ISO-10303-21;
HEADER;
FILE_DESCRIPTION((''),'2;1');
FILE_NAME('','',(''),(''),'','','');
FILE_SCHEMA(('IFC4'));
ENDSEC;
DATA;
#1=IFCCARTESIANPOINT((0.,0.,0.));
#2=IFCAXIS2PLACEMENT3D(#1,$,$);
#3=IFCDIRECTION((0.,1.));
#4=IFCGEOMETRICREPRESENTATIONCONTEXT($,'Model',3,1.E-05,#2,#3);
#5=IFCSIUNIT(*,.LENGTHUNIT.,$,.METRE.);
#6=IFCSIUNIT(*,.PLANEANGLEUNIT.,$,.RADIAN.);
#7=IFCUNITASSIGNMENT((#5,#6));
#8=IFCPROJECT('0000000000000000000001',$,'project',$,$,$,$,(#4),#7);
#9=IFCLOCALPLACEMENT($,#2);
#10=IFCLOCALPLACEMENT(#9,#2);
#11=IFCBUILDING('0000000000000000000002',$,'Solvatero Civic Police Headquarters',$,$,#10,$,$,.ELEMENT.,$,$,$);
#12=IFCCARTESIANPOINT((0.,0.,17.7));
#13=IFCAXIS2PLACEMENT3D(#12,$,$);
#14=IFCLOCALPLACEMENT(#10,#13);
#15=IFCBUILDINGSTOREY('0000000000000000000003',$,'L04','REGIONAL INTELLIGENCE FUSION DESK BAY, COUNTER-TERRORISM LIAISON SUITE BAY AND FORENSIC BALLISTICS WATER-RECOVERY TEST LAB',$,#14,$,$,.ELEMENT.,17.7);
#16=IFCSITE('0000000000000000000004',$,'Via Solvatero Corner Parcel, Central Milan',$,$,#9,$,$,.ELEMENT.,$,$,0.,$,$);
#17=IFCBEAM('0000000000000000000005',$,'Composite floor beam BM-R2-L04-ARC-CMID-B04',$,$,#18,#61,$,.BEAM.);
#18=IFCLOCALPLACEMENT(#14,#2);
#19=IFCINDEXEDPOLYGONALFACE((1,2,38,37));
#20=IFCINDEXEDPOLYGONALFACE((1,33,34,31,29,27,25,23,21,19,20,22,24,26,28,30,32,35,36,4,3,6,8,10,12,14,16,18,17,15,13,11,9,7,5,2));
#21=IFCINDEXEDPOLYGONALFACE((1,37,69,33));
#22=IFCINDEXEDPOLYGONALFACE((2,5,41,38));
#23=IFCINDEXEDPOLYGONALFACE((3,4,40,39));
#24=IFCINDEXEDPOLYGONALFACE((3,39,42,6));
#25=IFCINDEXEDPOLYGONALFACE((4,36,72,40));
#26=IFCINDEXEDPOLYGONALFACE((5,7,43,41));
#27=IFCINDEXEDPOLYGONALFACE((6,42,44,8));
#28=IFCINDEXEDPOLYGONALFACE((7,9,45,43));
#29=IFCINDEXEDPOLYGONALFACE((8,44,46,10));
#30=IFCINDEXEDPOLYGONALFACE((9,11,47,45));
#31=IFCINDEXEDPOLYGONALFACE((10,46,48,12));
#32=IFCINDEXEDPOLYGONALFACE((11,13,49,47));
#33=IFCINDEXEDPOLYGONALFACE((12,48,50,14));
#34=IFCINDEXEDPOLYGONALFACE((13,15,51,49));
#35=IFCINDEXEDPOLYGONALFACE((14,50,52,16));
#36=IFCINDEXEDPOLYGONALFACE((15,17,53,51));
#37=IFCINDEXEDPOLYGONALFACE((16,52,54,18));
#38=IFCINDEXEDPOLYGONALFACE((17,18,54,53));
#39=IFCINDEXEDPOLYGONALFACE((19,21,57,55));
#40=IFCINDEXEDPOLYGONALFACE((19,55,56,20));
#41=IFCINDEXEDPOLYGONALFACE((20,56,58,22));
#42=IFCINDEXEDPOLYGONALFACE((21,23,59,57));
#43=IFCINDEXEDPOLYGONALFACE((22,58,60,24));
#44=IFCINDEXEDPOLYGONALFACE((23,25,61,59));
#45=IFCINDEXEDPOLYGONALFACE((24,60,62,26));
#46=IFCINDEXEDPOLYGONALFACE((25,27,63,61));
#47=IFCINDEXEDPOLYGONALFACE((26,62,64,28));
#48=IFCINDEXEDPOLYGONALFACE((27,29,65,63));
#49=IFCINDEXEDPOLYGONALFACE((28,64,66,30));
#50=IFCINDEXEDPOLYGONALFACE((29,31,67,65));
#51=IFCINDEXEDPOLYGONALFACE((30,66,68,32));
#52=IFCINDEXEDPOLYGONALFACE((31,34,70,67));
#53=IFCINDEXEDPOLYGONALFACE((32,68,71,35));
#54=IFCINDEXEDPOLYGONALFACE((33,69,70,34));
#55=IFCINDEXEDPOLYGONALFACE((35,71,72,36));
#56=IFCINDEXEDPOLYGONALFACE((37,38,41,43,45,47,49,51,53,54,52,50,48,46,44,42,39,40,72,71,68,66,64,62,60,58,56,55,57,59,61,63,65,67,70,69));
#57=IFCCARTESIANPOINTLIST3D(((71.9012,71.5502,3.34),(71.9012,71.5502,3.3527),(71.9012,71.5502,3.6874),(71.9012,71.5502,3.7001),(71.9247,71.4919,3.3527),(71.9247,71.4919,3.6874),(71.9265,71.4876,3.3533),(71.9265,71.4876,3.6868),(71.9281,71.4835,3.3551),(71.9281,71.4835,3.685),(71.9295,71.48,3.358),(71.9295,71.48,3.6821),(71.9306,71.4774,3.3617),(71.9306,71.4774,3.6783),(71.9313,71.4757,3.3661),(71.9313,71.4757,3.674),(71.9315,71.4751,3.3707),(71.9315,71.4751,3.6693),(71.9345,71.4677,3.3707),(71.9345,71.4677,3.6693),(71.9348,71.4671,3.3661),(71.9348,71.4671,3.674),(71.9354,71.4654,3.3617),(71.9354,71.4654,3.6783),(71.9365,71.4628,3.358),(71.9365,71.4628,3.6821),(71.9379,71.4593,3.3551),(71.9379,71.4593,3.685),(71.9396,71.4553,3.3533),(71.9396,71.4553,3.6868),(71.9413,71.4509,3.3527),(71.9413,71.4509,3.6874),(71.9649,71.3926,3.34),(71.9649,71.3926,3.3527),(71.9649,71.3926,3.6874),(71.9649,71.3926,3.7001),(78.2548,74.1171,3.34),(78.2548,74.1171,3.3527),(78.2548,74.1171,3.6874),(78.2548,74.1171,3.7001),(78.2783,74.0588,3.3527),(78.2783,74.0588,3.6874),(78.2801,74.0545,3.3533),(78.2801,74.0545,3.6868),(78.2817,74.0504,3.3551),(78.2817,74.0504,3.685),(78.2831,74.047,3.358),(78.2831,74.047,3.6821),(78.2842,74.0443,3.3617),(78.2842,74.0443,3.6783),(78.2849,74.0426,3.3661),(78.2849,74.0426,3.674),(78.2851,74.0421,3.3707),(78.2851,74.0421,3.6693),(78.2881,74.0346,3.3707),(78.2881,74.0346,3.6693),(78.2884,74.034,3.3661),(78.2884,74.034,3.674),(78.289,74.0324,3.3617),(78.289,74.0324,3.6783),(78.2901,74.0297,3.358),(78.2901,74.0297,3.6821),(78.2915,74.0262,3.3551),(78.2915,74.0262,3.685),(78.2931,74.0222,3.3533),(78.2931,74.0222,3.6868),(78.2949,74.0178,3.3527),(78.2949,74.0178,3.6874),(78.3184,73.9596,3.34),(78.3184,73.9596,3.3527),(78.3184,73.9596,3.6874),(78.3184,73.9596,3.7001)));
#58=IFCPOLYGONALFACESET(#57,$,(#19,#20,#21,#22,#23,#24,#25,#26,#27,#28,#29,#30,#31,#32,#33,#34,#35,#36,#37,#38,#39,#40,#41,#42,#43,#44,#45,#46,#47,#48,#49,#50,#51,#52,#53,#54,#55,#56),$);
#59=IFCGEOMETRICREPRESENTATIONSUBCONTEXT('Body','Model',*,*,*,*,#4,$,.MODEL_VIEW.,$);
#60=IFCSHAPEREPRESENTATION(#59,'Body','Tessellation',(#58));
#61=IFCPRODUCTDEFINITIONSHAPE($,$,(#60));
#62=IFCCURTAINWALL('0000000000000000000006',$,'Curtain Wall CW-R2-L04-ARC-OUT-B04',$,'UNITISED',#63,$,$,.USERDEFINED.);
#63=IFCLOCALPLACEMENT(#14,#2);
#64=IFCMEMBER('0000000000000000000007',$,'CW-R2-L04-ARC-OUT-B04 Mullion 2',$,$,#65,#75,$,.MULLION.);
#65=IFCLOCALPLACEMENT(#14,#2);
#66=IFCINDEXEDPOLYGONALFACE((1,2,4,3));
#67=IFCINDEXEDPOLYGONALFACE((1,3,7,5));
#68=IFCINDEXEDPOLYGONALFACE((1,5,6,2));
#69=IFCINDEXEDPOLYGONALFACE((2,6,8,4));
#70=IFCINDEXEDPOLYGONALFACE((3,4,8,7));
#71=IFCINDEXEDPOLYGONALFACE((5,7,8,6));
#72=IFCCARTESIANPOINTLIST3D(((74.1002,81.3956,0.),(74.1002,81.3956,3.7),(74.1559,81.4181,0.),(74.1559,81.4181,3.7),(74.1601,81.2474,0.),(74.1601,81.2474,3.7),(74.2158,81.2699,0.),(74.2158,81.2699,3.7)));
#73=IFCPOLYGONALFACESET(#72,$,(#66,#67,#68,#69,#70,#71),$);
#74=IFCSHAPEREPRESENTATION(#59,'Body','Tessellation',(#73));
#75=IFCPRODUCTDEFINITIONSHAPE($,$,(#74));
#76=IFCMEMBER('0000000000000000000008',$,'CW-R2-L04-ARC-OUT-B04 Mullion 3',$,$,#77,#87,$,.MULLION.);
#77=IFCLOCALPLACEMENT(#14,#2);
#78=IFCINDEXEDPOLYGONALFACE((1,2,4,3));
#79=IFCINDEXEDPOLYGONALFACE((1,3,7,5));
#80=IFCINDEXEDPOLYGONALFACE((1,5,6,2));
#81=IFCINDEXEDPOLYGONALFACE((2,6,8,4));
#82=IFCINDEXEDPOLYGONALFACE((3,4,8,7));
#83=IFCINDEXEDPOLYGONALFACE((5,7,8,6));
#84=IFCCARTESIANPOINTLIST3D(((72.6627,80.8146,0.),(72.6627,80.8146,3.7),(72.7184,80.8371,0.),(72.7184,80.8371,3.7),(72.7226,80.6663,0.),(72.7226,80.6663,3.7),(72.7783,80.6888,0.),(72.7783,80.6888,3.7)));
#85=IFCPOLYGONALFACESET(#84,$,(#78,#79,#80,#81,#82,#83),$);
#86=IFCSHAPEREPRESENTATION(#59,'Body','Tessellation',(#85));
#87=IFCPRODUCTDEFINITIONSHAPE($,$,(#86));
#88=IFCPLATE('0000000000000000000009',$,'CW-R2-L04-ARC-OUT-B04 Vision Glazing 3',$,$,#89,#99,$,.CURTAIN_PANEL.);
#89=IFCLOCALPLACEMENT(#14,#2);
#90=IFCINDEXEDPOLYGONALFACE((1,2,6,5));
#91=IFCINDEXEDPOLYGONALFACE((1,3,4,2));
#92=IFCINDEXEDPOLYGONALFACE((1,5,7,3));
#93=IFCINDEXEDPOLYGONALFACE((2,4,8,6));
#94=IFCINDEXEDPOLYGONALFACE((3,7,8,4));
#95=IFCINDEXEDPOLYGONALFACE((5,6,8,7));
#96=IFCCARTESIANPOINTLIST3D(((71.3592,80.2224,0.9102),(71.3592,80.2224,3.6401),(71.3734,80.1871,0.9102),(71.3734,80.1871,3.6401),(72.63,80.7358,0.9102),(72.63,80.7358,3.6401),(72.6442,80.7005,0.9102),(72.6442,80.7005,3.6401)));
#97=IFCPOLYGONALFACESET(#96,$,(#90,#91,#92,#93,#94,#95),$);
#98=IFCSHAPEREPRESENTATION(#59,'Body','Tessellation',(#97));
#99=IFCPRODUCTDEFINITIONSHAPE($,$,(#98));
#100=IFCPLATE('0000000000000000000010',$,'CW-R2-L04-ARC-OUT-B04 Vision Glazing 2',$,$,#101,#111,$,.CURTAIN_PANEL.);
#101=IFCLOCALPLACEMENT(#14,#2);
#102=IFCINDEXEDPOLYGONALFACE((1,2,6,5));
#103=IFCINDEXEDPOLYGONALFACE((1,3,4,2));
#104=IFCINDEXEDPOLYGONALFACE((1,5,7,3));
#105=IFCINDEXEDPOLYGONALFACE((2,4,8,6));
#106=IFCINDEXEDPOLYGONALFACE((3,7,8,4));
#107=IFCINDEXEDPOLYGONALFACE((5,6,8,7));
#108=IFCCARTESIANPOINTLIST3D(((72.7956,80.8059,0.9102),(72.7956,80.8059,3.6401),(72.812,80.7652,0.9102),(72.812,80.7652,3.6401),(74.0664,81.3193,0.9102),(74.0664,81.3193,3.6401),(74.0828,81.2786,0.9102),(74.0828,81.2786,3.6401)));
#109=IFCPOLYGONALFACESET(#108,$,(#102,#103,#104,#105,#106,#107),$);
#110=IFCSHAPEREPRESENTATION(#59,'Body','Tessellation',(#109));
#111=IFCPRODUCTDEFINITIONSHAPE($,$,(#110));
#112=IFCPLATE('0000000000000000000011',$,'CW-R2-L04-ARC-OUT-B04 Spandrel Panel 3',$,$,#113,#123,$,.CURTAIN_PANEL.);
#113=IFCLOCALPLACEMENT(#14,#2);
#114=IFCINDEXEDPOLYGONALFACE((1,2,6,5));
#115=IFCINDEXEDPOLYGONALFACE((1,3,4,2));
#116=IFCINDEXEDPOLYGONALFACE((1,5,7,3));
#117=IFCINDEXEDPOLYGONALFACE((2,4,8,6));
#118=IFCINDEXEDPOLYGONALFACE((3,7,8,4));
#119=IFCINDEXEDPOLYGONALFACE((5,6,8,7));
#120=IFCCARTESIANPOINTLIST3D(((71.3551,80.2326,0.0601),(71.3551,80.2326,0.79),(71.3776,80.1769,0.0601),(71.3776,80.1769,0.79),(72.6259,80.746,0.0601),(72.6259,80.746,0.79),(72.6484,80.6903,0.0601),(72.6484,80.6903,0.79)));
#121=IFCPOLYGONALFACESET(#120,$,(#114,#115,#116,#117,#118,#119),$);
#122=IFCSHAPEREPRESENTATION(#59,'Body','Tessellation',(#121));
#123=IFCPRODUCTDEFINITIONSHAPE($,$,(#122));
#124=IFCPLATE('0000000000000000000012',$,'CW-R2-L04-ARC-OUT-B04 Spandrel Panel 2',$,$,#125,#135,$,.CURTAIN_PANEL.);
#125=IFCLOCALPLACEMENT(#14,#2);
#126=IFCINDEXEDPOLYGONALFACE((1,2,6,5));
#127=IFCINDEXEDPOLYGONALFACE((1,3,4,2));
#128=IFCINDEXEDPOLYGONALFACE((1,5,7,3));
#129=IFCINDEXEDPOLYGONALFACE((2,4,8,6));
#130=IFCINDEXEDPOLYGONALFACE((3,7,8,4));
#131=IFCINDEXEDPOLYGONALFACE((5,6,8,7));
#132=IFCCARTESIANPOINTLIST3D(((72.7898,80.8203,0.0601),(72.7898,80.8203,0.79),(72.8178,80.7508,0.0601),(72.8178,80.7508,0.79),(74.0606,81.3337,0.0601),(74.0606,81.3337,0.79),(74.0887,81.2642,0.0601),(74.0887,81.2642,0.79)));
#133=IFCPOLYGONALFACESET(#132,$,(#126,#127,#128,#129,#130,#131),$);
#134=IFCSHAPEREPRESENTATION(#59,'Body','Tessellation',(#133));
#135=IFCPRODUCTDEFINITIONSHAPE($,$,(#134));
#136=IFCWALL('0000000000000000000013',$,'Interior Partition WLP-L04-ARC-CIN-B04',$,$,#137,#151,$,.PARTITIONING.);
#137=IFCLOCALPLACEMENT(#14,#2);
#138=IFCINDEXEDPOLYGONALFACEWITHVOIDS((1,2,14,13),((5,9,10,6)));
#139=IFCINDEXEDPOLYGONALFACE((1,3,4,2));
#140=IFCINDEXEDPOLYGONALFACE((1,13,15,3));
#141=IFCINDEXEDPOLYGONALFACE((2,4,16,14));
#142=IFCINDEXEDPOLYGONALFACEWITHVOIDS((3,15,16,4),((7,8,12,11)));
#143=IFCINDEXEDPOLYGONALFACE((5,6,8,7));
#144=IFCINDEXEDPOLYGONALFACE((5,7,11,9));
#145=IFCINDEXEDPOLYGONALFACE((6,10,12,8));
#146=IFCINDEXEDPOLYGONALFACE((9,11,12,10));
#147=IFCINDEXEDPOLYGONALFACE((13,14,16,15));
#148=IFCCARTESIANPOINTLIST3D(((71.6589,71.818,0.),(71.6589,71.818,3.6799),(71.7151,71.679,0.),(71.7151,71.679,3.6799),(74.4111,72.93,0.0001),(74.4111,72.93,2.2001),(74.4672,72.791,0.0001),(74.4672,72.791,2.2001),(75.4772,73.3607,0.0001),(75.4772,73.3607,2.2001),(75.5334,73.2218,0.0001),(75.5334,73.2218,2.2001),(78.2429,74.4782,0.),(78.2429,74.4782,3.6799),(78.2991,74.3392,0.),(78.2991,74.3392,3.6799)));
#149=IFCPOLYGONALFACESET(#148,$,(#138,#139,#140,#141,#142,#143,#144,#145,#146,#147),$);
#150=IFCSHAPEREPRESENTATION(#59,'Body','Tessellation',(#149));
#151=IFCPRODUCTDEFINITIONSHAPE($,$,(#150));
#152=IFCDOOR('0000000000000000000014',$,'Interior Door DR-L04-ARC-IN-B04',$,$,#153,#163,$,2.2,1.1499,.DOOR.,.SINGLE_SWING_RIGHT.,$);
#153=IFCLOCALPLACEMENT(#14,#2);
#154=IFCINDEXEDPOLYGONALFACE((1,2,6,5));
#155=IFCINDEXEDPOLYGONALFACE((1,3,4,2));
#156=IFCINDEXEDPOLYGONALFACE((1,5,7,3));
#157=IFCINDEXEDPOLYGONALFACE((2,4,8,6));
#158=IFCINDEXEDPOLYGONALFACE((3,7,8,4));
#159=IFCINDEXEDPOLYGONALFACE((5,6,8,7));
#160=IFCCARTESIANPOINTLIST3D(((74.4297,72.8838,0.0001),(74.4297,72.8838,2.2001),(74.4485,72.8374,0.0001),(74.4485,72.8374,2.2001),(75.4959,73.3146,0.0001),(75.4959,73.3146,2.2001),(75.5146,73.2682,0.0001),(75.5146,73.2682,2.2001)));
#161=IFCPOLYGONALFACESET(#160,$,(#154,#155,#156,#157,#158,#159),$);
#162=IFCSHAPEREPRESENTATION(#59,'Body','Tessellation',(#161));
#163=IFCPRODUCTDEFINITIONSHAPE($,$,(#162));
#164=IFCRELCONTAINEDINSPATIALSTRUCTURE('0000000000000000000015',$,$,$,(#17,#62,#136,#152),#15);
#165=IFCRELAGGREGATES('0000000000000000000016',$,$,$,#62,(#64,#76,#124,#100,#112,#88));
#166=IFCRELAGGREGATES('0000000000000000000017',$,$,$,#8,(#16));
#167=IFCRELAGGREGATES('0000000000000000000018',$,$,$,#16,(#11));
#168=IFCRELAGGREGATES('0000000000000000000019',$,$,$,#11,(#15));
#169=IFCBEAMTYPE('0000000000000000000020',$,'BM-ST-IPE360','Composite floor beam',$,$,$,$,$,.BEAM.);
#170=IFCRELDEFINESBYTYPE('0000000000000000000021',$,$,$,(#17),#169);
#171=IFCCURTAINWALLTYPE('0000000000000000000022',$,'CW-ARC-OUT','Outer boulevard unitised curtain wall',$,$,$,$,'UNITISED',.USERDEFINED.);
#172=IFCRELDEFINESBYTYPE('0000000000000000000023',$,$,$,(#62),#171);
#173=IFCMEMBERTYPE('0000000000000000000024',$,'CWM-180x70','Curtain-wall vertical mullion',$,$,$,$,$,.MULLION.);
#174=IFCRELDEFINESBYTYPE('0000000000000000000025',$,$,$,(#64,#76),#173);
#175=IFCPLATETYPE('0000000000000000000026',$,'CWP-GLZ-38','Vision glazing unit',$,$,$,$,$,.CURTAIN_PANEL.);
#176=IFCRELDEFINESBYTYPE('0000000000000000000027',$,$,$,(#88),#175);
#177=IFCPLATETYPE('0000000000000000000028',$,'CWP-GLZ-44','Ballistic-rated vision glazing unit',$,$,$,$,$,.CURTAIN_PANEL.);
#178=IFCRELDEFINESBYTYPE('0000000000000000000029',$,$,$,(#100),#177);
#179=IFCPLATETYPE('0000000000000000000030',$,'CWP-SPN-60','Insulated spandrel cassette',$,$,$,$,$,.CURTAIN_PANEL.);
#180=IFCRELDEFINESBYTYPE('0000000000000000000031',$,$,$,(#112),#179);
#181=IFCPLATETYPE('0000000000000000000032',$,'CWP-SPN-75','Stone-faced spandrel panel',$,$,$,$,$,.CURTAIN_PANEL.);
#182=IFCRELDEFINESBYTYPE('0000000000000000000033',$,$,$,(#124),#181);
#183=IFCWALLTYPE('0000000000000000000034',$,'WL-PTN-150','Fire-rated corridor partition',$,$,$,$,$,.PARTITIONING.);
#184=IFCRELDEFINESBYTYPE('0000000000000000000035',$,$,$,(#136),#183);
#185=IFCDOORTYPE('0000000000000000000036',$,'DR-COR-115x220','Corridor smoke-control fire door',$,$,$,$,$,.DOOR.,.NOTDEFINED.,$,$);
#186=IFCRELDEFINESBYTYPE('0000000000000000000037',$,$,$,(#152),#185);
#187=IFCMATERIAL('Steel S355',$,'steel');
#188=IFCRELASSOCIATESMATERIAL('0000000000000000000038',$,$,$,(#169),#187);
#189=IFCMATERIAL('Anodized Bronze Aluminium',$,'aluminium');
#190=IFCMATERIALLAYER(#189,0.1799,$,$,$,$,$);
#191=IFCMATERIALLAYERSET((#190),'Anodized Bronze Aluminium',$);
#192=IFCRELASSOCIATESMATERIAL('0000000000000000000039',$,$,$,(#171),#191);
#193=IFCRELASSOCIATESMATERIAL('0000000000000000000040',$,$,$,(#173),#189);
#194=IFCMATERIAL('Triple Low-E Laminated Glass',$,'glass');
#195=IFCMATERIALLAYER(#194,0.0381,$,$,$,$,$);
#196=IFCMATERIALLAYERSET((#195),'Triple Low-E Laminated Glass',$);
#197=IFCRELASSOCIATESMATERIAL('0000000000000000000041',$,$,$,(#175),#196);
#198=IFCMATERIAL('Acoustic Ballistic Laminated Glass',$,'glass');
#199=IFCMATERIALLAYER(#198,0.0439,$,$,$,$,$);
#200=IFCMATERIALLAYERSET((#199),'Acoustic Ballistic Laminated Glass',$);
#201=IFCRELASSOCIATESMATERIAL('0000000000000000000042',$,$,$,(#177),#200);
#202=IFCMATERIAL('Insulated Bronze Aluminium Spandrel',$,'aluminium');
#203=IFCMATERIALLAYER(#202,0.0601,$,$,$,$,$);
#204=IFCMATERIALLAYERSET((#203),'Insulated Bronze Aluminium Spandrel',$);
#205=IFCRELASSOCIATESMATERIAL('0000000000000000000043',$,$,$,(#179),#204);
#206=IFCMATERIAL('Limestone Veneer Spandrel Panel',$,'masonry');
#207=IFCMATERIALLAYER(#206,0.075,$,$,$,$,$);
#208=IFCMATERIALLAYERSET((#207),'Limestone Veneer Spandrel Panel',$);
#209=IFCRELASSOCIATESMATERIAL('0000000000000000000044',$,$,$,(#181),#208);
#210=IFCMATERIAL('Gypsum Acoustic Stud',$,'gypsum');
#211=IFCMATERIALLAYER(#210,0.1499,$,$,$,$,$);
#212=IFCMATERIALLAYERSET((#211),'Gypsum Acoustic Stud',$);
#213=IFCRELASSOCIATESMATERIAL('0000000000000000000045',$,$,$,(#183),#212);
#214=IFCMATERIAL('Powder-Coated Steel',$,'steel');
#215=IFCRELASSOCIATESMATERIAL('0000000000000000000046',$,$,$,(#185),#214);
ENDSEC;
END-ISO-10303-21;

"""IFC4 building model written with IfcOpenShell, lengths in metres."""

from ifc_helpers import new_model, si_unit, direction, frame, frame_2d, origin, origin_2d, place, context, subcontext, project, spatial, rectangle, i_section, extrude, material, layer, layer_set, material_profile, profile_set, type_object, element, fill, aggregate, save


model = new_model("IFC4")

# Units and contexts
model_context = context("Model", 3, precision=1e-05, world=origin(), true_north=direction((0.0, 1.0)))
body_context = subcontext(model_context, "Body", "Model", "MODEL_VIEW")
ifc_project = project(units=[si_unit("LENGTHUNIT", "METRE"), si_unit("PLANEANGLEUNIT", "RADIAN")], contexts=[model_context])

# Site, building, storey
site_placement = place(None, origin())
site = spatial("IfcSite", under=ifc_project, at=site_placement, Name="Via Solvatero Corner Parcel, Central Milan", CompositionType="ELEMENT", RefElevation=0.0)
building_placement = place(site_placement, origin())
building = spatial("IfcBuilding", under=site, at=building_placement, Name="Solvatero Civic Police Headquarters", CompositionType="ELEMENT")
storey_placement = place(building_placement, frame((0.0, 0.0, 17.7)))
storey = spatial("IfcBuildingStorey", under=building, at=storey_placement, Name="L04", Description="REGIONAL INTELLIGENCE FUSION DESK BAY, COUNTER-TERRORISM LIAISON SUITE BAY AND FORENSIC BALLISTICS WATER-RECOVERY TEST LAB", CompositionType="ELEMENT", Elevation=17.7)

# Shared definitions
ifc_material_1 = material(Name="Steel S355", Category="steel")

# Beam
ifc_material_profile_1 = material_profile(ifc_material_1, i_section(OverallWidth=0.1699, OverallDepth=0.3601, WebThickness=0.0081, FlangeThickness=0.0127, FilletRadius=0.0181, at=origin_2d()), Name="IPE 360")
ifc_profile_set_1 = profile_set([ifc_material_profile_1], Name="Steel S355")
beam_type_1 = type_object("IfcBeamType", Name="BM-ST-IPE360", Description="Composite floor beam", PredefinedType="BEAM", material=ifc_profile_set_1)
beam_1_placement = place(storey_placement, frame((78.2866, 74.0383, 3.52), z_axis=(-0.927189, -0.374595, 0.0), x_axis=(0.374595, -0.927189, 0.0)))
element("IfcBeam", 1, at=beam_1_placement, inside=storey, type_object=beam_type_1, Name="Composite floor beam BM-R2-L04-ARC-CMID-B04", PredefinedType="BEAM", context=body_context, shape_type="SweptSolid", body=[
    extrude(i_section(OverallWidth=0.1699, OverallDepth=0.3601, WebThickness=0.0081, FlangeThickness=0.0127, FilletRadius=0.0181, at=origin_2d()), origin(), (0.0, 0.0, 1.0), 6.8525),
])

# Curtain wall, members, plates
ifc_material_2 = material(Name="Anodized Bronze Aluminium", Category="aluminium")
ifc_layer_1 = layer(ifc_material_2, 0.1799)
ifc_layer_set_1 = layer_set([ifc_layer_1], Name="Anodized Bronze Aluminium")
curtain_wall_type = type_object("IfcCurtainWallType", Name="CW-ARC-OUT", Description="Outer boulevard unitised curtain wall", ElementType="UNITISED", PredefinedType="USERDEFINED", material=ifc_layer_set_1)
curtain_wall_placement = place(storey_placement, origin())
curtain_wall = element("IfcCurtainWall", 2, at=curtain_wall_placement, inside=storey, type_object=curtain_wall_type, Name="Curtain Wall CW-R2-L04-ARC-OUT-B04", ObjectType="UNITISED", PredefinedType="USERDEFINED")
ifc_material_profile_2 = material_profile(ifc_material_2, rectangle(XDim=0.0601, YDim=0.1599, at=origin_2d()), Name="ALU MULLION 60x160")
ifc_profile_set_2 = profile_set([ifc_material_profile_2], Name="Anodized Bronze Aluminium")
member_type = type_object("IfcMemberType", Name="CWM-180x70", Description="Curtain-wall vertical mullion", PredefinedType="MULLION", material=ifc_profile_set_2)
member_1_placement = place(storey_placement, frame((74.158, 81.3328, 0.0), z_axis=(0.0, 0.0, 1.0), x_axis=(-0.92719, -0.37459, 0.0)))
member_1 = element("IfcMember", 3, at=member_1_placement, type_object=member_type, Name="CW-R2-L04-ARC-OUT-B04 Mullion 2", PredefinedType="MULLION", context=body_context, shape_type="SweptSolid", body=[
    extrude(rectangle(XDim=0.0601, YDim=0.1599, at=origin_2d()), origin(), (0.0, 0.0, 1.0), 3.7),
])
member_2_placement = place(storey_placement, frame((72.7205, 80.7517, 0.0), z_axis=(0.0, 0.0, 1.0), x_axis=(-0.92719, -0.37459, 0.0)))
member_2 = element("IfcMember", 4, at=member_2_placement, type_object=member_type, Name="CW-R2-L04-ARC-OUT-B04 Mullion 3", PredefinedType="MULLION", context=body_context, shape_type="SweptSolid", body=[
    extrude(rectangle(XDim=0.0601, YDim=0.1599, at=origin_2d()), origin(), (0.0, 0.0, 1.0), 3.7),
])
ifc_material_3 = material(Name="Triple Low-E Laminated Glass", Category="glass")
ifc_layer_2 = layer(ifc_material_3, 0.0381)
ifc_layer_set_2 = layer_set([ifc_layer_2], Name="Triple Low-E Laminated Glass")
plate_type_1 = type_object("IfcPlateType", Name="CWP-GLZ-38", Description="Vision glazing unit", PredefinedType="CURTAIN_PANEL", material=ifc_layer_set_2)
plate_1_placement = place(storey_placement, frame((72.0017, 80.4614, 0.9102), z_axis=(0.0, 0.0, 1.0), x_axis=(-0.92719, -0.37459, 0.0)))
plate_1 = element("IfcPlate", 5, at=plate_1_placement, type_object=plate_type_1, Name="CW-R2-L04-ARC-OUT-B04 Vision Glazing 3", PredefinedType="CURTAIN_PANEL", context=body_context, shape_type="SweptSolid", body=[
    extrude(rectangle(XDim=1.3706, YDim=0.0381, at=origin_2d()), origin(), (0.0, 0.0, 1.0), 2.73),
])
ifc_material_4 = material(Name="Acoustic Ballistic Laminated Glass", Category="glass")
ifc_layer_3 = layer(ifc_material_4, 0.0439)
ifc_layer_set_3 = layer_set([ifc_layer_3], Name="Acoustic Ballistic Laminated Glass")
plate_type_2 = type_object("IfcPlateType", Name="CWP-GLZ-44", Description="Ballistic-rated vision glazing unit", PredefinedType="CURTAIN_PANEL", material=ifc_layer_set_3)
plate_2_placement = place(storey_placement, frame((73.4392, 81.0422, 0.9102), z_axis=(0.0, 0.0, 1.0), x_axis=(-0.92719, -0.37459, 0.0)))
plate_2 = element("IfcPlate", 6, at=plate_2_placement, type_object=plate_type_2, Name="CW-R2-L04-ARC-OUT-B04 Vision Glazing 2", PredefinedType="CURTAIN_PANEL", context=body_context, shape_type="SweptSolid", body=[
    extrude(rectangle(XDim=1.3706, YDim=0.0439, at=origin_2d()), origin(), (0.0, 0.0, 1.0), 2.73),
])
ifc_material_5 = material(Name="Insulated Bronze Aluminium Spandrel", Category="aluminium")
ifc_layer_4 = layer(ifc_material_5, 0.0601)
ifc_layer_set_4 = layer_set([ifc_layer_4], Name="Insulated Bronze Aluminium Spandrel")
plate_type_3 = type_object("IfcPlateType", Name="CWP-SPN-60", Description="Insulated spandrel cassette", PredefinedType="CURTAIN_PANEL", material=ifc_layer_set_4)
plate_3_placement = place(storey_placement, frame((72.0017, 80.4614, 0.0601), z_axis=(0.0, 0.0, 1.0), x_axis=(-0.92719, -0.37459, 0.0)))
plate_3 = element("IfcPlate", 7, at=plate_3_placement, type_object=plate_type_3, Name="CW-R2-L04-ARC-OUT-B04 Spandrel Panel 3", PredefinedType="CURTAIN_PANEL", context=body_context, shape_type="SweptSolid", body=[
    extrude(rectangle(XDim=1.3706, YDim=0.0601, at=origin_2d()), origin(), (0.0, 0.0, 1.0), 0.73),
])
ifc_material_6 = material(Name="Limestone Veneer Spandrel Panel", Category="masonry")
ifc_layer_5 = layer(ifc_material_6, 0.075)
ifc_layer_set_5 = layer_set([ifc_layer_5], Name="Limestone Veneer Spandrel Panel")
plate_type_4 = type_object("IfcPlateType", Name="CWP-SPN-75", Description="Stone-faced spandrel panel", PredefinedType="CURTAIN_PANEL", material=ifc_layer_set_5)
plate_4_placement = place(storey_placement, frame((73.4392, 81.0422, 0.0601), z_axis=(0.0, 0.0, 1.0), x_axis=(-0.92719, -0.37459, 0.0)))
plate_4 = element("IfcPlate", 8, at=plate_4_placement, type_object=plate_type_4, Name="CW-R2-L04-ARC-OUT-B04 Spandrel Panel 2", PredefinedType="CURTAIN_PANEL", context=body_context, shape_type="SweptSolid", body=[
    extrude(rectangle(XDim=1.3706, YDim=0.075, at=origin_2d()), origin(), (0.0, 0.0, 1.0), 0.73),
])
aggregate(curtain_wall, [member_1, member_2, plate_4, plate_2, plate_3, plate_1])

# Wall, opening, door
ifc_material_7 = material(Name="Gypsum Acoustic Stud", Category="gypsum")
ifc_layer_6 = layer(ifc_material_7, 0.1499)
ifc_layer_set_6 = layer_set([ifc_layer_6], Name="Gypsum Acoustic Stud")
wall_type_1 = type_object("IfcWallType", Name="WL-PTN-150", Description="Fire-rated corridor partition", PredefinedType="PARTITIONING", material=ifc_layer_set_6)
wall_1_placement = place(storey_placement, frame((78.271, 74.4087, 0.0), z_axis=(0.0, 0.0, 1.0), x_axis=(-0.927181, -0.374613, 0.0)))
wall_1 = element("IfcWall", 9, at=wall_1_placement, inside=storey, type_object=wall_type_1, Name="Interior Partition WLP-L04-ARC-CIN-B04", PredefinedType="PARTITIONING", context=body_context, shape_type="SweptSolid", body=[
    extrude(rectangle(XDim=7.1011, YDim=0.1499, at=frame_2d((3.5505, 0.0))), origin(), (0.0, 0.0, 1.0), 3.6799),
])
opening_1_placement = place(wall_1_placement, frame((2.9829, 0.0, 0.0)))
opening_1 = element("IfcOpeningElement", 10, at=opening_1_placement, cuts=wall_1, PredefinedType="OPENING", context=body_context, shape_type="SweptSolid", body=[
    extrude(rectangle(XDim=1.1499, YDim=2.2, at=frame_2d((0.575, 1.1001))), frame((0.0, 0.085, 0.0), z_axis=(0.0, -1.0, 0.0), x_axis=(1.0, 0.0, 0.0)), (0.0, 0.0, 1.0), 0.1699),
])
ifc_material_8 = material(Name="Powder-Coated Steel", Category="steel")
door_type_1 = type_object("IfcDoorType", Name="DR-COR-115x220", Description="Corridor smoke-control fire door", OperationType="NOTDEFINED", PredefinedType="DOOR", material=ifc_material_8)
door_1_placement = place(opening_1_placement, origin())
door_1 = element("IfcDoor", 11, at=door_1_placement, inside=storey, type_object=door_type_1, Name="Interior Door DR-L04-ARC-IN-B04", OperationType="SINGLE_SWING_RIGHT", OverallHeight=2.2, OverallWidth=1.1499, PredefinedType="DOOR", context=body_context, shape_type="SweptSolid", body=[
    extrude(rectangle(XDim=1.1499, YDim=2.2, at=frame_2d((0.575, 1.1001))), frame((0.0, 0.0249, 0.0), z_axis=(0.0, -1.0, 0.0), x_axis=(1.0, 0.0, 0.0)), (0.0, 0.0, 1.0), 0.05),
])
fill(opening_1, door_1)

save(model, "model.ifc")
